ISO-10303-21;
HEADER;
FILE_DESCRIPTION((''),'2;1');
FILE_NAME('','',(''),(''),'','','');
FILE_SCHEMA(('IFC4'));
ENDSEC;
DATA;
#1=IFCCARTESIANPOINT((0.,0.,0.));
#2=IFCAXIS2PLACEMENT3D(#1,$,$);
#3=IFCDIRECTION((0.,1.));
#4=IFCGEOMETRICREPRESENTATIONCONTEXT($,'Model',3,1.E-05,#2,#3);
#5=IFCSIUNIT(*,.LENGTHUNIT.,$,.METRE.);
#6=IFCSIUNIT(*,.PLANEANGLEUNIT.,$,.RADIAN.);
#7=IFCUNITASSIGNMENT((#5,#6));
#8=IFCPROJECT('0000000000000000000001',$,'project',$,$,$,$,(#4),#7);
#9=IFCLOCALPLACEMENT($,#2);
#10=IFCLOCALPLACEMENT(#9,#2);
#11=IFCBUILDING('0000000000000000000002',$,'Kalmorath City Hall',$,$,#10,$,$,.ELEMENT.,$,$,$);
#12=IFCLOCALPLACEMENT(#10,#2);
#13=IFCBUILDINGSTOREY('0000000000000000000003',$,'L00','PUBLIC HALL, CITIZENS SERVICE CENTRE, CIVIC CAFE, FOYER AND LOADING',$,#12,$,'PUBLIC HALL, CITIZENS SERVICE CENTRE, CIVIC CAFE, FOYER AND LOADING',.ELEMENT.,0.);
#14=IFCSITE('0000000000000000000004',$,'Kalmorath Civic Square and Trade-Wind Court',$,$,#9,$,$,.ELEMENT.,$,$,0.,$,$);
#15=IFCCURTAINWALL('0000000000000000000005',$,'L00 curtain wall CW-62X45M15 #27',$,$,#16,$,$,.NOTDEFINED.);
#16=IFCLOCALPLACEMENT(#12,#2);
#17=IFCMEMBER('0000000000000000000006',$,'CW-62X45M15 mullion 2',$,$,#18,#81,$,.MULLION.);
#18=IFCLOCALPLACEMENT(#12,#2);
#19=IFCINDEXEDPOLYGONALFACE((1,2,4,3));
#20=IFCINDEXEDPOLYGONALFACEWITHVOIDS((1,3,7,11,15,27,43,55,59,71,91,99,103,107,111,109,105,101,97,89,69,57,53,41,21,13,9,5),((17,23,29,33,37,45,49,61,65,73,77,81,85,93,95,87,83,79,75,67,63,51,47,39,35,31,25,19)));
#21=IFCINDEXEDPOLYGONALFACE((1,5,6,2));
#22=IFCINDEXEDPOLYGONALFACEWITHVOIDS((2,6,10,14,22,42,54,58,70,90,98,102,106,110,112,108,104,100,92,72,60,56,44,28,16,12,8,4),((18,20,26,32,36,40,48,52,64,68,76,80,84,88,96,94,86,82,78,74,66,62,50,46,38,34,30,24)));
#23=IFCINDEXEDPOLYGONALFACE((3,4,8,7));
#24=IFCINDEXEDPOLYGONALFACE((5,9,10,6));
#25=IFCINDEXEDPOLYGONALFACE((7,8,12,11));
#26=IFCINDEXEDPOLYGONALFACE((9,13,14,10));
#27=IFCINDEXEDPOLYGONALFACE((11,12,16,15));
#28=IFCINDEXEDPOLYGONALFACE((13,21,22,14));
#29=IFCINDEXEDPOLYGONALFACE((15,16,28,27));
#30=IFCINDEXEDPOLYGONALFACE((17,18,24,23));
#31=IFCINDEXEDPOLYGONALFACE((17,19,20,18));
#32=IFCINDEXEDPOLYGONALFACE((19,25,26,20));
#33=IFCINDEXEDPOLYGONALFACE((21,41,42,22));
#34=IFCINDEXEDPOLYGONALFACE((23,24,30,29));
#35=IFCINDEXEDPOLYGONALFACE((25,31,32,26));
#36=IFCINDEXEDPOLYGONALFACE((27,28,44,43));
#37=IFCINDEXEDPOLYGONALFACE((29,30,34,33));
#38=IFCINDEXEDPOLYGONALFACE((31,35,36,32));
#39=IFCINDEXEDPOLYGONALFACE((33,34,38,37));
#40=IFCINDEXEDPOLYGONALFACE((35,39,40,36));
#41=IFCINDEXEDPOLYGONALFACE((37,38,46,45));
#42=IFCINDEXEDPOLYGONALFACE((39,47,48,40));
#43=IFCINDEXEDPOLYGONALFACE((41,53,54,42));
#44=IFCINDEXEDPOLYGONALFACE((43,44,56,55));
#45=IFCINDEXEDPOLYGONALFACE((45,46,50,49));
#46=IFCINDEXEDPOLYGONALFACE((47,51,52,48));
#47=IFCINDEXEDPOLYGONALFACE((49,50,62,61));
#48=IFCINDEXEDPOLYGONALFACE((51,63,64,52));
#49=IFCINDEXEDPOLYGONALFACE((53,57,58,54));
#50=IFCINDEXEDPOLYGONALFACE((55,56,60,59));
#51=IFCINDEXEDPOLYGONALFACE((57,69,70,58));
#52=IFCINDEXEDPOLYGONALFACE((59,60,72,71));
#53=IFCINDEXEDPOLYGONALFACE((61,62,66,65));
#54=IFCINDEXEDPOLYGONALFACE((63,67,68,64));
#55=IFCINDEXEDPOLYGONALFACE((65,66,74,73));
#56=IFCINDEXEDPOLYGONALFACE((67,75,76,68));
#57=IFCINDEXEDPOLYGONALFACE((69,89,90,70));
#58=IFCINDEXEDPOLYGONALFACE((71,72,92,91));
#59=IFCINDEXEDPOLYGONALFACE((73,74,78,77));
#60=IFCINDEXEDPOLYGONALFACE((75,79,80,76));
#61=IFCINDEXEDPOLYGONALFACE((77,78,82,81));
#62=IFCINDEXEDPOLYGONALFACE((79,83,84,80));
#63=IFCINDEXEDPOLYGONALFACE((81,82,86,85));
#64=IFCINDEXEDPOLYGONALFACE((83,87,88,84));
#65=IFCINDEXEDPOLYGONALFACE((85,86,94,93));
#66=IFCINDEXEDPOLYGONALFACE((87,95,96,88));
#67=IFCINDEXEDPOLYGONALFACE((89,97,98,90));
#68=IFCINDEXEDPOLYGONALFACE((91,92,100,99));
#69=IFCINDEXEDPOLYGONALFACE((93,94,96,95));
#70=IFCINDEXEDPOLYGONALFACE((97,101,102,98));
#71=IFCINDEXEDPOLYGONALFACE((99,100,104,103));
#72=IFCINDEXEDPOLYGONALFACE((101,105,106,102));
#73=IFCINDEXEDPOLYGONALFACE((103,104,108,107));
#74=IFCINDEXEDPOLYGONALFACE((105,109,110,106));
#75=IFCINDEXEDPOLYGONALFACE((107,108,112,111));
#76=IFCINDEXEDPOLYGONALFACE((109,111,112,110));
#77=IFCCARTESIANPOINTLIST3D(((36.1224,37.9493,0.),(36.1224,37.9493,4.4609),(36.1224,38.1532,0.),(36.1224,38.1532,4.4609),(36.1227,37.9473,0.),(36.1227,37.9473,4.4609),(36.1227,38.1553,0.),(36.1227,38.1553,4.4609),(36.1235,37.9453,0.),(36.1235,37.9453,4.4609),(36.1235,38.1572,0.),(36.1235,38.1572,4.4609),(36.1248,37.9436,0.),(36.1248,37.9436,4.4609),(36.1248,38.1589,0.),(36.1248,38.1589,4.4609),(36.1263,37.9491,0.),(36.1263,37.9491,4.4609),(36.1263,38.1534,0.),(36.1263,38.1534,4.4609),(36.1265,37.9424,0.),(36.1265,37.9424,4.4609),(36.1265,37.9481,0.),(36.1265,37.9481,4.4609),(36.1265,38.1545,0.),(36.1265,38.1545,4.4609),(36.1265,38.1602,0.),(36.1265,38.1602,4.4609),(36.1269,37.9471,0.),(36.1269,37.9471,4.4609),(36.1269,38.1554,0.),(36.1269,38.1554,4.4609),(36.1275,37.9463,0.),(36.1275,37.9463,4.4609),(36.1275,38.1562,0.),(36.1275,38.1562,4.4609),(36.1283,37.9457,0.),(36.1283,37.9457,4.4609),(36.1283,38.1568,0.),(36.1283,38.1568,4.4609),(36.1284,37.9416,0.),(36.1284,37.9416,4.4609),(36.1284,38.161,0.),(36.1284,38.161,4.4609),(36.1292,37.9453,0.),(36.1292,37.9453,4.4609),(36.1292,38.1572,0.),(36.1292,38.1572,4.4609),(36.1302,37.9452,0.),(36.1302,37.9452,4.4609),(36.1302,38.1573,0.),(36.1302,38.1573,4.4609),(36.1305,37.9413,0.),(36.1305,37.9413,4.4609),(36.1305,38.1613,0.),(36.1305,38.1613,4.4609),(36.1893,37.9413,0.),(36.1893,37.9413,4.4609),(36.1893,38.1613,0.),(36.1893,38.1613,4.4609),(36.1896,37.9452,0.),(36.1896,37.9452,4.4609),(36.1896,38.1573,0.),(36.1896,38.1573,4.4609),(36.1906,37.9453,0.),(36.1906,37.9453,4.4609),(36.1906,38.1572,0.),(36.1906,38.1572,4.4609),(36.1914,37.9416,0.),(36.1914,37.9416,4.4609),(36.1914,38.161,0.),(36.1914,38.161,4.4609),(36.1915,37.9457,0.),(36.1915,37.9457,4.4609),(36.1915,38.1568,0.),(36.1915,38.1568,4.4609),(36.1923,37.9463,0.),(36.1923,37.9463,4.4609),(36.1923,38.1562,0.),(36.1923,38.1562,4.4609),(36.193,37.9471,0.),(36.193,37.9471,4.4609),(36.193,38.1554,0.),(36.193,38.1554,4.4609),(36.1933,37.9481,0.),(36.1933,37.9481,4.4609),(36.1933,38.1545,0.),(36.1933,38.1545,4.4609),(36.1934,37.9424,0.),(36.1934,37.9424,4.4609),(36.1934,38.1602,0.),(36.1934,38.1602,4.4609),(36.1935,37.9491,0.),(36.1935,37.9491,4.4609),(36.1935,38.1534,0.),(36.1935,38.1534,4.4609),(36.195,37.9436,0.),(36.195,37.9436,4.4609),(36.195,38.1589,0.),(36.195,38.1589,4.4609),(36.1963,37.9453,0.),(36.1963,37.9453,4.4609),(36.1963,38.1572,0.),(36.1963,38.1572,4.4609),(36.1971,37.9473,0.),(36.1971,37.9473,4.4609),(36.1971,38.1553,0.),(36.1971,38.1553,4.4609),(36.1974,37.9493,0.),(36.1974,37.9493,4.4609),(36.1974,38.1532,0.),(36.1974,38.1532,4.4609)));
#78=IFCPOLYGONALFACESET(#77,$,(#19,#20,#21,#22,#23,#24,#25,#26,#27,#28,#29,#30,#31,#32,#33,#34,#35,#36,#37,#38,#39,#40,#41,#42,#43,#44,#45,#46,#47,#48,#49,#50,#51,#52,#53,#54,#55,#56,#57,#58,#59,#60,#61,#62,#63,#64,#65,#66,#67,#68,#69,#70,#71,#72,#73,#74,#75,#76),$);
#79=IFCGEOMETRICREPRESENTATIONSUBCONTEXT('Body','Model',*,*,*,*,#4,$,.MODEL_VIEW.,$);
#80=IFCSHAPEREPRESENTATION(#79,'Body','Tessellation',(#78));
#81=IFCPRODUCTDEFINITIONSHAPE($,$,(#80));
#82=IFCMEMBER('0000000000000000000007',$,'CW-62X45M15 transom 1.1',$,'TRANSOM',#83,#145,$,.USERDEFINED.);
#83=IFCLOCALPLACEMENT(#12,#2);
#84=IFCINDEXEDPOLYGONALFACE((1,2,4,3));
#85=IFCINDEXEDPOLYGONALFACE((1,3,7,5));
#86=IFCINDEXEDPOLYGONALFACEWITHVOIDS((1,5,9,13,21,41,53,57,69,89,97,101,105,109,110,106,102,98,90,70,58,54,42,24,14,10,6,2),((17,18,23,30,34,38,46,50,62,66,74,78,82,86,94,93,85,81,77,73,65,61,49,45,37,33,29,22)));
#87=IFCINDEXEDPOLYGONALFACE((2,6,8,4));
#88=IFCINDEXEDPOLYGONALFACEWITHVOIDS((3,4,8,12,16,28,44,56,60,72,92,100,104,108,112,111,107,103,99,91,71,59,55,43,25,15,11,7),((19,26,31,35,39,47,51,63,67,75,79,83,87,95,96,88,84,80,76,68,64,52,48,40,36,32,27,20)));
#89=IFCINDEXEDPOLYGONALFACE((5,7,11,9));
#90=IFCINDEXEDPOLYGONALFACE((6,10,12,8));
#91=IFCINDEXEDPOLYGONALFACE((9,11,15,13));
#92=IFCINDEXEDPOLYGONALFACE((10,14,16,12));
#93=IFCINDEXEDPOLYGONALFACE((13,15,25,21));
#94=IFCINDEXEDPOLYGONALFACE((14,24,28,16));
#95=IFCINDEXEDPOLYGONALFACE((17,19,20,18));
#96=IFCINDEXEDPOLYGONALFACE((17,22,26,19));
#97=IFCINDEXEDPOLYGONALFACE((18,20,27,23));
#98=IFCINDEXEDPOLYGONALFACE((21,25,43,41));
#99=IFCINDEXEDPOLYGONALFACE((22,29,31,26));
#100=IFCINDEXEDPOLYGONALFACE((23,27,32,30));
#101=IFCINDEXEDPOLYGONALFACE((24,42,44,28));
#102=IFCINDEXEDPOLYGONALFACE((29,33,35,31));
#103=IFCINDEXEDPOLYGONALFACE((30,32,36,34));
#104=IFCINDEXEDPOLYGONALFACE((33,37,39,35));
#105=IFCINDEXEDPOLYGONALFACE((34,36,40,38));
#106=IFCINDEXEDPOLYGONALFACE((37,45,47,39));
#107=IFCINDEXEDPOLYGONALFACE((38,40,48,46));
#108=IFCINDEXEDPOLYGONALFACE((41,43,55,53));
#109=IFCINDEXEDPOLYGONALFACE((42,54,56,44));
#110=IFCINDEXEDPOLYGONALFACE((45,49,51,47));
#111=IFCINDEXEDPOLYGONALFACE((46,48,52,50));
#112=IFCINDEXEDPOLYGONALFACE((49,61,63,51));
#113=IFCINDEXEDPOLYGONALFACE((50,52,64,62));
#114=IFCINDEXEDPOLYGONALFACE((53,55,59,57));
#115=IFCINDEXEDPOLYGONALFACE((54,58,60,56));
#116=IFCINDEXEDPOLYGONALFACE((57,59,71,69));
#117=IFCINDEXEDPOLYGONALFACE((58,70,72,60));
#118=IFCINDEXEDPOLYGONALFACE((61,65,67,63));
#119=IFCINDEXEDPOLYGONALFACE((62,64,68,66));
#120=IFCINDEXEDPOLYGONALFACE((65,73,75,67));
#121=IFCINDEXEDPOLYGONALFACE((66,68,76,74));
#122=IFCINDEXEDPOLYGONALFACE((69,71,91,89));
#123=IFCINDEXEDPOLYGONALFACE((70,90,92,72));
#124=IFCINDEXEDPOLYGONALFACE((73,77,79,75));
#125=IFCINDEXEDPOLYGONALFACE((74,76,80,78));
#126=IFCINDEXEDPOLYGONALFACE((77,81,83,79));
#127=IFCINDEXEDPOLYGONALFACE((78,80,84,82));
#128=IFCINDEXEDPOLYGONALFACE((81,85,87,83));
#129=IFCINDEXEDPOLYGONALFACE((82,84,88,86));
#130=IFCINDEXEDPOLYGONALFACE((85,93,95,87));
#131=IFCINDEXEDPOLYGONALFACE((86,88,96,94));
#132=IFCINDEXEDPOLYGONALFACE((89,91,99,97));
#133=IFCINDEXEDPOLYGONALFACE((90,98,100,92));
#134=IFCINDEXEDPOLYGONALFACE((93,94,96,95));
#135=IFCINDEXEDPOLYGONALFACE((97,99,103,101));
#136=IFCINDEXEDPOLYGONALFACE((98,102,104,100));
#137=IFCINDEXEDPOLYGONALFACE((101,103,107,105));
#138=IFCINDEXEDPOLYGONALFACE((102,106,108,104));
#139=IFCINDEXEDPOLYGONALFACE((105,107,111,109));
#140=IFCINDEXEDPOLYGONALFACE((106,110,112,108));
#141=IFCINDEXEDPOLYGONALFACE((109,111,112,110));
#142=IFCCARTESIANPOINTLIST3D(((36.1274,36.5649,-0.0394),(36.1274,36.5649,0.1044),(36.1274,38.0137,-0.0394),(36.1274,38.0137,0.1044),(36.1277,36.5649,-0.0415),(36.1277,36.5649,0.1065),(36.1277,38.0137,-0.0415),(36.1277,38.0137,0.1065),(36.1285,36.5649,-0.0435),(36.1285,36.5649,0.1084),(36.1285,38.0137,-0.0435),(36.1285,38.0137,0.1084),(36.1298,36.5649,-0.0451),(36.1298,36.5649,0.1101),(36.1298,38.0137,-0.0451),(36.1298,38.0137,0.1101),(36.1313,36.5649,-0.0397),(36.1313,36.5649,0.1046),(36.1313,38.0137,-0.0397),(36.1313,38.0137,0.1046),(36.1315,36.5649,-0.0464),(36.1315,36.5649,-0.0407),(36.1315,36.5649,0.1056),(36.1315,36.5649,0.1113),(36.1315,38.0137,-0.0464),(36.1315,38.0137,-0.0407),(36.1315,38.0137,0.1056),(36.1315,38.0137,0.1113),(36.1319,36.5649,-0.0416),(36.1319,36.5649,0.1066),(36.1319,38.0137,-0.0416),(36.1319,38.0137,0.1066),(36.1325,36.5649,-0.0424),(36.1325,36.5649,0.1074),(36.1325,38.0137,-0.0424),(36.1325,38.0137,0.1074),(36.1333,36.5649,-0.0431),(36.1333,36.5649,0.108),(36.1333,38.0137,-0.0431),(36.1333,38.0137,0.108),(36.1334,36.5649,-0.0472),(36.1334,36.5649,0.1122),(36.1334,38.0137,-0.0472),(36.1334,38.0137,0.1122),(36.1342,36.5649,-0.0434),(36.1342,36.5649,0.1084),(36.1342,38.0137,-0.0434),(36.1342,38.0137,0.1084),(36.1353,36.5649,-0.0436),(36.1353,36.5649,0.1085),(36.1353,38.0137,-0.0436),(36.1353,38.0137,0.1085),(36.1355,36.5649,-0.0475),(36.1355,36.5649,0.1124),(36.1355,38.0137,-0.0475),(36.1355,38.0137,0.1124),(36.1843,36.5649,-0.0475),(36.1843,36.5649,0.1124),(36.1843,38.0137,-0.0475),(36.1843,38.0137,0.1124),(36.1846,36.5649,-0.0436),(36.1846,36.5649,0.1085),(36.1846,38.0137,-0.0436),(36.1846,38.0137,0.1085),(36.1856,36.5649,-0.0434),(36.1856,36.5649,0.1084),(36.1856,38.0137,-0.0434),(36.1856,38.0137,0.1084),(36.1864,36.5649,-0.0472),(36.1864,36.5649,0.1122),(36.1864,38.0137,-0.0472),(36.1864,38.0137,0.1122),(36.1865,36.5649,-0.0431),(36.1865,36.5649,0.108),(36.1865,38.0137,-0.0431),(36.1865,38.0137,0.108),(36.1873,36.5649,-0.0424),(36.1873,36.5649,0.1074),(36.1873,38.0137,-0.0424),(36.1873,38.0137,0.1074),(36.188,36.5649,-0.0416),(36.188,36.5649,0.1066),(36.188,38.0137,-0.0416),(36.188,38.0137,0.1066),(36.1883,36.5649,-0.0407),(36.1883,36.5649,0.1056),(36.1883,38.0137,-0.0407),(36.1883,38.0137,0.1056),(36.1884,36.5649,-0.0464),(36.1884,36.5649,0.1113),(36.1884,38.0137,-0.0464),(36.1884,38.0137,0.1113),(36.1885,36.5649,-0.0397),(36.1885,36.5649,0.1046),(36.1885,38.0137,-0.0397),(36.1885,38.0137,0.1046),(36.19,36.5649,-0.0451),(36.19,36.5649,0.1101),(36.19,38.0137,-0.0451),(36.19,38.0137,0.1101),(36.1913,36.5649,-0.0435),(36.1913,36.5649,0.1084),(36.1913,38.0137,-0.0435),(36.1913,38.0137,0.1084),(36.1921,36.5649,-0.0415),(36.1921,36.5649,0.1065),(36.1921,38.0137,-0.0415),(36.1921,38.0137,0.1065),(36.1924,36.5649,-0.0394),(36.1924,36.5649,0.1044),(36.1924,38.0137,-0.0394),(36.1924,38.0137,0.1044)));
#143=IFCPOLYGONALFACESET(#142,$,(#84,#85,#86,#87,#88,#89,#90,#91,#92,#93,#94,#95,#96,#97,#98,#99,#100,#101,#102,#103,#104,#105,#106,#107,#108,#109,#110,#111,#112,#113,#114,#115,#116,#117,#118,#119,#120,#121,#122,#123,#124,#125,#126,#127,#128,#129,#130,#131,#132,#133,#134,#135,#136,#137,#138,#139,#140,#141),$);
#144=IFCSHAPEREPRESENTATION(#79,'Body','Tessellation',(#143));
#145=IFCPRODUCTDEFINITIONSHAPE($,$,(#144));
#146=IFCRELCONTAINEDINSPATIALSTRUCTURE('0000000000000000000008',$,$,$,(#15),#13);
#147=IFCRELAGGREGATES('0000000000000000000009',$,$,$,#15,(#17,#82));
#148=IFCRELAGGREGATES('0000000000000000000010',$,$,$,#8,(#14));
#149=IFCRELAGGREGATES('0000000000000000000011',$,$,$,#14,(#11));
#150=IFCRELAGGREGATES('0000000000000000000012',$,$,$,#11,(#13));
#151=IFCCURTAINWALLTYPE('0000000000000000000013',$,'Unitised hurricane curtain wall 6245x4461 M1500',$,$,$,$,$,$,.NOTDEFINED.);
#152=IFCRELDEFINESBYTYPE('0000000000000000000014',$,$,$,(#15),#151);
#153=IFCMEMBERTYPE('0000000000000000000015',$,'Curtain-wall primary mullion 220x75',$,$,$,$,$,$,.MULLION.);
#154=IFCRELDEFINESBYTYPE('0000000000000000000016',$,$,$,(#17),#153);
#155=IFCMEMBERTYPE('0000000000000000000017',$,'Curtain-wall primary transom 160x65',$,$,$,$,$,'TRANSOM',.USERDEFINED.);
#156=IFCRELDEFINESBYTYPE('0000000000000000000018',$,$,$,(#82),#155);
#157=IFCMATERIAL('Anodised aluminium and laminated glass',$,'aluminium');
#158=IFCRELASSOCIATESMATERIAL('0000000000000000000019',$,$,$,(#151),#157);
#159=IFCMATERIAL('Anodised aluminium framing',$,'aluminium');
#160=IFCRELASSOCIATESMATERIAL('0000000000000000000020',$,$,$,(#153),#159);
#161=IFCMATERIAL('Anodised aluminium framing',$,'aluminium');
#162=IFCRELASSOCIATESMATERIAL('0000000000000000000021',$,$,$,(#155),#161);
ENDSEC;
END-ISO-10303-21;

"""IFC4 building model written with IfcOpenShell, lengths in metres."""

from ifc_helpers import new_model, si_unit, direction, frame, origin, origin_2d, place, context, subcontext, project, spatial, hollow_rectangle, extrude, material, material_profile, profile_set, type_object, element, aggregate, save


model = new_model("IFC4")

# Units and contexts
model_context = context("Model", 3, precision=1e-05, world=origin(), true_north=direction((0.0, 1.0)))
body_context = subcontext(model_context, "Body", "Model", "MODEL_VIEW")
ifc_project = project(units=[si_unit("LENGTHUNIT", "METRE"), si_unit("PLANEANGLEUNIT", "RADIAN")], contexts=[model_context])

# Site, building, storey
site_placement = place(None, origin())
site = spatial("IfcSite", under=ifc_project, at=site_placement, Name="Kalmorath Civic Square and Trade-Wind Court", CompositionType="ELEMENT", RefElevation=0.0)
building_placement = place(site_placement, origin())
building = spatial("IfcBuilding", under=site, at=building_placement, Name="Kalmorath City Hall", CompositionType="ELEMENT")
storey_placement = place(building_placement, origin())
storey = spatial("IfcBuildingStorey", under=building, at=storey_placement, Name="L00", Description="PUBLIC HALL, CITIZENS SERVICE CENTRE, CIVIC CAFE, FOYER AND LOADING", LongName="PUBLIC HALL, CITIZENS SERVICE CENTRE, CIVIC CAFE, FOYER AND LOADING", CompositionType="ELEMENT", Elevation=0.0)

# Curtain wall, members
ifc_material_1 = material(Name="Anodised aluminium and laminated glass", Category="aluminium")
curtain_wall_type = type_object("IfcCurtainWallType", Name="Unitised hurricane curtain wall 6245x4461 M1500", PredefinedType="NOTDEFINED", material=ifc_material_1)
curtain_wall_placement = place(storey_placement, origin())
curtain_wall = element("IfcCurtainWall", 1, at=curtain_wall_placement, inside=storey, type_object=curtain_wall_type, Name="L00 curtain wall CW-62X45M15 #27", PredefinedType="NOTDEFINED")
ifc_material_2 = material(Name="Anodised aluminium framing", Category="aluminium")
ifc_material_profile_1 = material_profile(ifc_material_2, hollow_rectangle(XDim=0.075, YDim=0.22, WallThickness=0.0039, InnerFilletRadius=0.0039, OuterFilletRadius=0.0081, at=origin_2d()), Name="ALU-MUL-220X75X4")
ifc_profile_set_1 = profile_set([ifc_material_profile_1], Name="Anodised aluminium framing")
member_type_1 = type_object("IfcMemberType", Name="Curtain-wall primary mullion 220x75", PredefinedType="MULLION", material=ifc_profile_set_1)
member_1_placement = place(storey_placement, frame((36.1599, 38.0513, 0.0), z_axis=(0.0, 0.0, 1.0), x_axis=(-1.0, 0.0, 0.0)))
member_1 = element("IfcMember", 2, at=member_1_placement, type_object=member_type_1, Name="CW-62X45M15 mullion 2", PredefinedType="MULLION", context=body_context, shape_type="SweptSolid", body=[
    extrude(hollow_rectangle(XDim=0.075, YDim=0.22, WallThickness=0.0039, InnerFilletRadius=0.0039, OuterFilletRadius=0.0081, at=origin_2d()), origin(), (0.0, 0.0, 1.0), 4.4609),
])
ifc_material_3 = material(Name="Anodised aluminium framing", Category="aluminium")
ifc_material_profile_2 = material_profile(ifc_material_3, hollow_rectangle(XDim=0.0649, YDim=0.1599, WallThickness=0.0039, InnerFilletRadius=0.0039, OuterFilletRadius=0.0081, at=origin_2d()), Name="ALU-TRN-160X65X4")
ifc_profile_set_2 = profile_set([ifc_material_profile_2], Name="Anodised aluminium framing")
member_type_2 = type_object("IfcMemberType", Name="Curtain-wall primary transom 160x65", ElementType="TRANSOM", PredefinedType="USERDEFINED", material=ifc_profile_set_2)
member_2_placement = place(storey_placement, frame((36.1599, 36.5649, 0.0325), z_axis=(0.0, 1.0, 0.0), x_axis=(-1.0, 0.0, 0.0)))
member_2 = element("IfcMember", 3, at=member_2_placement, type_object=member_type_2, Name="CW-62X45M15 transom 1.1", ObjectType="TRANSOM", PredefinedType="USERDEFINED", context=body_context, shape_type="SweptSolid", body=[
    extrude(hollow_rectangle(XDim=0.0649, YDim=0.1599, WallThickness=0.0039, InnerFilletRadius=0.0039, OuterFilletRadius=0.0081, at=origin_2d()), origin(), (0.0, 0.0, 1.0), 1.4487),
])

aggregate(curtain_wall, [member_1, member_2])

save(model, "model.ifc")
